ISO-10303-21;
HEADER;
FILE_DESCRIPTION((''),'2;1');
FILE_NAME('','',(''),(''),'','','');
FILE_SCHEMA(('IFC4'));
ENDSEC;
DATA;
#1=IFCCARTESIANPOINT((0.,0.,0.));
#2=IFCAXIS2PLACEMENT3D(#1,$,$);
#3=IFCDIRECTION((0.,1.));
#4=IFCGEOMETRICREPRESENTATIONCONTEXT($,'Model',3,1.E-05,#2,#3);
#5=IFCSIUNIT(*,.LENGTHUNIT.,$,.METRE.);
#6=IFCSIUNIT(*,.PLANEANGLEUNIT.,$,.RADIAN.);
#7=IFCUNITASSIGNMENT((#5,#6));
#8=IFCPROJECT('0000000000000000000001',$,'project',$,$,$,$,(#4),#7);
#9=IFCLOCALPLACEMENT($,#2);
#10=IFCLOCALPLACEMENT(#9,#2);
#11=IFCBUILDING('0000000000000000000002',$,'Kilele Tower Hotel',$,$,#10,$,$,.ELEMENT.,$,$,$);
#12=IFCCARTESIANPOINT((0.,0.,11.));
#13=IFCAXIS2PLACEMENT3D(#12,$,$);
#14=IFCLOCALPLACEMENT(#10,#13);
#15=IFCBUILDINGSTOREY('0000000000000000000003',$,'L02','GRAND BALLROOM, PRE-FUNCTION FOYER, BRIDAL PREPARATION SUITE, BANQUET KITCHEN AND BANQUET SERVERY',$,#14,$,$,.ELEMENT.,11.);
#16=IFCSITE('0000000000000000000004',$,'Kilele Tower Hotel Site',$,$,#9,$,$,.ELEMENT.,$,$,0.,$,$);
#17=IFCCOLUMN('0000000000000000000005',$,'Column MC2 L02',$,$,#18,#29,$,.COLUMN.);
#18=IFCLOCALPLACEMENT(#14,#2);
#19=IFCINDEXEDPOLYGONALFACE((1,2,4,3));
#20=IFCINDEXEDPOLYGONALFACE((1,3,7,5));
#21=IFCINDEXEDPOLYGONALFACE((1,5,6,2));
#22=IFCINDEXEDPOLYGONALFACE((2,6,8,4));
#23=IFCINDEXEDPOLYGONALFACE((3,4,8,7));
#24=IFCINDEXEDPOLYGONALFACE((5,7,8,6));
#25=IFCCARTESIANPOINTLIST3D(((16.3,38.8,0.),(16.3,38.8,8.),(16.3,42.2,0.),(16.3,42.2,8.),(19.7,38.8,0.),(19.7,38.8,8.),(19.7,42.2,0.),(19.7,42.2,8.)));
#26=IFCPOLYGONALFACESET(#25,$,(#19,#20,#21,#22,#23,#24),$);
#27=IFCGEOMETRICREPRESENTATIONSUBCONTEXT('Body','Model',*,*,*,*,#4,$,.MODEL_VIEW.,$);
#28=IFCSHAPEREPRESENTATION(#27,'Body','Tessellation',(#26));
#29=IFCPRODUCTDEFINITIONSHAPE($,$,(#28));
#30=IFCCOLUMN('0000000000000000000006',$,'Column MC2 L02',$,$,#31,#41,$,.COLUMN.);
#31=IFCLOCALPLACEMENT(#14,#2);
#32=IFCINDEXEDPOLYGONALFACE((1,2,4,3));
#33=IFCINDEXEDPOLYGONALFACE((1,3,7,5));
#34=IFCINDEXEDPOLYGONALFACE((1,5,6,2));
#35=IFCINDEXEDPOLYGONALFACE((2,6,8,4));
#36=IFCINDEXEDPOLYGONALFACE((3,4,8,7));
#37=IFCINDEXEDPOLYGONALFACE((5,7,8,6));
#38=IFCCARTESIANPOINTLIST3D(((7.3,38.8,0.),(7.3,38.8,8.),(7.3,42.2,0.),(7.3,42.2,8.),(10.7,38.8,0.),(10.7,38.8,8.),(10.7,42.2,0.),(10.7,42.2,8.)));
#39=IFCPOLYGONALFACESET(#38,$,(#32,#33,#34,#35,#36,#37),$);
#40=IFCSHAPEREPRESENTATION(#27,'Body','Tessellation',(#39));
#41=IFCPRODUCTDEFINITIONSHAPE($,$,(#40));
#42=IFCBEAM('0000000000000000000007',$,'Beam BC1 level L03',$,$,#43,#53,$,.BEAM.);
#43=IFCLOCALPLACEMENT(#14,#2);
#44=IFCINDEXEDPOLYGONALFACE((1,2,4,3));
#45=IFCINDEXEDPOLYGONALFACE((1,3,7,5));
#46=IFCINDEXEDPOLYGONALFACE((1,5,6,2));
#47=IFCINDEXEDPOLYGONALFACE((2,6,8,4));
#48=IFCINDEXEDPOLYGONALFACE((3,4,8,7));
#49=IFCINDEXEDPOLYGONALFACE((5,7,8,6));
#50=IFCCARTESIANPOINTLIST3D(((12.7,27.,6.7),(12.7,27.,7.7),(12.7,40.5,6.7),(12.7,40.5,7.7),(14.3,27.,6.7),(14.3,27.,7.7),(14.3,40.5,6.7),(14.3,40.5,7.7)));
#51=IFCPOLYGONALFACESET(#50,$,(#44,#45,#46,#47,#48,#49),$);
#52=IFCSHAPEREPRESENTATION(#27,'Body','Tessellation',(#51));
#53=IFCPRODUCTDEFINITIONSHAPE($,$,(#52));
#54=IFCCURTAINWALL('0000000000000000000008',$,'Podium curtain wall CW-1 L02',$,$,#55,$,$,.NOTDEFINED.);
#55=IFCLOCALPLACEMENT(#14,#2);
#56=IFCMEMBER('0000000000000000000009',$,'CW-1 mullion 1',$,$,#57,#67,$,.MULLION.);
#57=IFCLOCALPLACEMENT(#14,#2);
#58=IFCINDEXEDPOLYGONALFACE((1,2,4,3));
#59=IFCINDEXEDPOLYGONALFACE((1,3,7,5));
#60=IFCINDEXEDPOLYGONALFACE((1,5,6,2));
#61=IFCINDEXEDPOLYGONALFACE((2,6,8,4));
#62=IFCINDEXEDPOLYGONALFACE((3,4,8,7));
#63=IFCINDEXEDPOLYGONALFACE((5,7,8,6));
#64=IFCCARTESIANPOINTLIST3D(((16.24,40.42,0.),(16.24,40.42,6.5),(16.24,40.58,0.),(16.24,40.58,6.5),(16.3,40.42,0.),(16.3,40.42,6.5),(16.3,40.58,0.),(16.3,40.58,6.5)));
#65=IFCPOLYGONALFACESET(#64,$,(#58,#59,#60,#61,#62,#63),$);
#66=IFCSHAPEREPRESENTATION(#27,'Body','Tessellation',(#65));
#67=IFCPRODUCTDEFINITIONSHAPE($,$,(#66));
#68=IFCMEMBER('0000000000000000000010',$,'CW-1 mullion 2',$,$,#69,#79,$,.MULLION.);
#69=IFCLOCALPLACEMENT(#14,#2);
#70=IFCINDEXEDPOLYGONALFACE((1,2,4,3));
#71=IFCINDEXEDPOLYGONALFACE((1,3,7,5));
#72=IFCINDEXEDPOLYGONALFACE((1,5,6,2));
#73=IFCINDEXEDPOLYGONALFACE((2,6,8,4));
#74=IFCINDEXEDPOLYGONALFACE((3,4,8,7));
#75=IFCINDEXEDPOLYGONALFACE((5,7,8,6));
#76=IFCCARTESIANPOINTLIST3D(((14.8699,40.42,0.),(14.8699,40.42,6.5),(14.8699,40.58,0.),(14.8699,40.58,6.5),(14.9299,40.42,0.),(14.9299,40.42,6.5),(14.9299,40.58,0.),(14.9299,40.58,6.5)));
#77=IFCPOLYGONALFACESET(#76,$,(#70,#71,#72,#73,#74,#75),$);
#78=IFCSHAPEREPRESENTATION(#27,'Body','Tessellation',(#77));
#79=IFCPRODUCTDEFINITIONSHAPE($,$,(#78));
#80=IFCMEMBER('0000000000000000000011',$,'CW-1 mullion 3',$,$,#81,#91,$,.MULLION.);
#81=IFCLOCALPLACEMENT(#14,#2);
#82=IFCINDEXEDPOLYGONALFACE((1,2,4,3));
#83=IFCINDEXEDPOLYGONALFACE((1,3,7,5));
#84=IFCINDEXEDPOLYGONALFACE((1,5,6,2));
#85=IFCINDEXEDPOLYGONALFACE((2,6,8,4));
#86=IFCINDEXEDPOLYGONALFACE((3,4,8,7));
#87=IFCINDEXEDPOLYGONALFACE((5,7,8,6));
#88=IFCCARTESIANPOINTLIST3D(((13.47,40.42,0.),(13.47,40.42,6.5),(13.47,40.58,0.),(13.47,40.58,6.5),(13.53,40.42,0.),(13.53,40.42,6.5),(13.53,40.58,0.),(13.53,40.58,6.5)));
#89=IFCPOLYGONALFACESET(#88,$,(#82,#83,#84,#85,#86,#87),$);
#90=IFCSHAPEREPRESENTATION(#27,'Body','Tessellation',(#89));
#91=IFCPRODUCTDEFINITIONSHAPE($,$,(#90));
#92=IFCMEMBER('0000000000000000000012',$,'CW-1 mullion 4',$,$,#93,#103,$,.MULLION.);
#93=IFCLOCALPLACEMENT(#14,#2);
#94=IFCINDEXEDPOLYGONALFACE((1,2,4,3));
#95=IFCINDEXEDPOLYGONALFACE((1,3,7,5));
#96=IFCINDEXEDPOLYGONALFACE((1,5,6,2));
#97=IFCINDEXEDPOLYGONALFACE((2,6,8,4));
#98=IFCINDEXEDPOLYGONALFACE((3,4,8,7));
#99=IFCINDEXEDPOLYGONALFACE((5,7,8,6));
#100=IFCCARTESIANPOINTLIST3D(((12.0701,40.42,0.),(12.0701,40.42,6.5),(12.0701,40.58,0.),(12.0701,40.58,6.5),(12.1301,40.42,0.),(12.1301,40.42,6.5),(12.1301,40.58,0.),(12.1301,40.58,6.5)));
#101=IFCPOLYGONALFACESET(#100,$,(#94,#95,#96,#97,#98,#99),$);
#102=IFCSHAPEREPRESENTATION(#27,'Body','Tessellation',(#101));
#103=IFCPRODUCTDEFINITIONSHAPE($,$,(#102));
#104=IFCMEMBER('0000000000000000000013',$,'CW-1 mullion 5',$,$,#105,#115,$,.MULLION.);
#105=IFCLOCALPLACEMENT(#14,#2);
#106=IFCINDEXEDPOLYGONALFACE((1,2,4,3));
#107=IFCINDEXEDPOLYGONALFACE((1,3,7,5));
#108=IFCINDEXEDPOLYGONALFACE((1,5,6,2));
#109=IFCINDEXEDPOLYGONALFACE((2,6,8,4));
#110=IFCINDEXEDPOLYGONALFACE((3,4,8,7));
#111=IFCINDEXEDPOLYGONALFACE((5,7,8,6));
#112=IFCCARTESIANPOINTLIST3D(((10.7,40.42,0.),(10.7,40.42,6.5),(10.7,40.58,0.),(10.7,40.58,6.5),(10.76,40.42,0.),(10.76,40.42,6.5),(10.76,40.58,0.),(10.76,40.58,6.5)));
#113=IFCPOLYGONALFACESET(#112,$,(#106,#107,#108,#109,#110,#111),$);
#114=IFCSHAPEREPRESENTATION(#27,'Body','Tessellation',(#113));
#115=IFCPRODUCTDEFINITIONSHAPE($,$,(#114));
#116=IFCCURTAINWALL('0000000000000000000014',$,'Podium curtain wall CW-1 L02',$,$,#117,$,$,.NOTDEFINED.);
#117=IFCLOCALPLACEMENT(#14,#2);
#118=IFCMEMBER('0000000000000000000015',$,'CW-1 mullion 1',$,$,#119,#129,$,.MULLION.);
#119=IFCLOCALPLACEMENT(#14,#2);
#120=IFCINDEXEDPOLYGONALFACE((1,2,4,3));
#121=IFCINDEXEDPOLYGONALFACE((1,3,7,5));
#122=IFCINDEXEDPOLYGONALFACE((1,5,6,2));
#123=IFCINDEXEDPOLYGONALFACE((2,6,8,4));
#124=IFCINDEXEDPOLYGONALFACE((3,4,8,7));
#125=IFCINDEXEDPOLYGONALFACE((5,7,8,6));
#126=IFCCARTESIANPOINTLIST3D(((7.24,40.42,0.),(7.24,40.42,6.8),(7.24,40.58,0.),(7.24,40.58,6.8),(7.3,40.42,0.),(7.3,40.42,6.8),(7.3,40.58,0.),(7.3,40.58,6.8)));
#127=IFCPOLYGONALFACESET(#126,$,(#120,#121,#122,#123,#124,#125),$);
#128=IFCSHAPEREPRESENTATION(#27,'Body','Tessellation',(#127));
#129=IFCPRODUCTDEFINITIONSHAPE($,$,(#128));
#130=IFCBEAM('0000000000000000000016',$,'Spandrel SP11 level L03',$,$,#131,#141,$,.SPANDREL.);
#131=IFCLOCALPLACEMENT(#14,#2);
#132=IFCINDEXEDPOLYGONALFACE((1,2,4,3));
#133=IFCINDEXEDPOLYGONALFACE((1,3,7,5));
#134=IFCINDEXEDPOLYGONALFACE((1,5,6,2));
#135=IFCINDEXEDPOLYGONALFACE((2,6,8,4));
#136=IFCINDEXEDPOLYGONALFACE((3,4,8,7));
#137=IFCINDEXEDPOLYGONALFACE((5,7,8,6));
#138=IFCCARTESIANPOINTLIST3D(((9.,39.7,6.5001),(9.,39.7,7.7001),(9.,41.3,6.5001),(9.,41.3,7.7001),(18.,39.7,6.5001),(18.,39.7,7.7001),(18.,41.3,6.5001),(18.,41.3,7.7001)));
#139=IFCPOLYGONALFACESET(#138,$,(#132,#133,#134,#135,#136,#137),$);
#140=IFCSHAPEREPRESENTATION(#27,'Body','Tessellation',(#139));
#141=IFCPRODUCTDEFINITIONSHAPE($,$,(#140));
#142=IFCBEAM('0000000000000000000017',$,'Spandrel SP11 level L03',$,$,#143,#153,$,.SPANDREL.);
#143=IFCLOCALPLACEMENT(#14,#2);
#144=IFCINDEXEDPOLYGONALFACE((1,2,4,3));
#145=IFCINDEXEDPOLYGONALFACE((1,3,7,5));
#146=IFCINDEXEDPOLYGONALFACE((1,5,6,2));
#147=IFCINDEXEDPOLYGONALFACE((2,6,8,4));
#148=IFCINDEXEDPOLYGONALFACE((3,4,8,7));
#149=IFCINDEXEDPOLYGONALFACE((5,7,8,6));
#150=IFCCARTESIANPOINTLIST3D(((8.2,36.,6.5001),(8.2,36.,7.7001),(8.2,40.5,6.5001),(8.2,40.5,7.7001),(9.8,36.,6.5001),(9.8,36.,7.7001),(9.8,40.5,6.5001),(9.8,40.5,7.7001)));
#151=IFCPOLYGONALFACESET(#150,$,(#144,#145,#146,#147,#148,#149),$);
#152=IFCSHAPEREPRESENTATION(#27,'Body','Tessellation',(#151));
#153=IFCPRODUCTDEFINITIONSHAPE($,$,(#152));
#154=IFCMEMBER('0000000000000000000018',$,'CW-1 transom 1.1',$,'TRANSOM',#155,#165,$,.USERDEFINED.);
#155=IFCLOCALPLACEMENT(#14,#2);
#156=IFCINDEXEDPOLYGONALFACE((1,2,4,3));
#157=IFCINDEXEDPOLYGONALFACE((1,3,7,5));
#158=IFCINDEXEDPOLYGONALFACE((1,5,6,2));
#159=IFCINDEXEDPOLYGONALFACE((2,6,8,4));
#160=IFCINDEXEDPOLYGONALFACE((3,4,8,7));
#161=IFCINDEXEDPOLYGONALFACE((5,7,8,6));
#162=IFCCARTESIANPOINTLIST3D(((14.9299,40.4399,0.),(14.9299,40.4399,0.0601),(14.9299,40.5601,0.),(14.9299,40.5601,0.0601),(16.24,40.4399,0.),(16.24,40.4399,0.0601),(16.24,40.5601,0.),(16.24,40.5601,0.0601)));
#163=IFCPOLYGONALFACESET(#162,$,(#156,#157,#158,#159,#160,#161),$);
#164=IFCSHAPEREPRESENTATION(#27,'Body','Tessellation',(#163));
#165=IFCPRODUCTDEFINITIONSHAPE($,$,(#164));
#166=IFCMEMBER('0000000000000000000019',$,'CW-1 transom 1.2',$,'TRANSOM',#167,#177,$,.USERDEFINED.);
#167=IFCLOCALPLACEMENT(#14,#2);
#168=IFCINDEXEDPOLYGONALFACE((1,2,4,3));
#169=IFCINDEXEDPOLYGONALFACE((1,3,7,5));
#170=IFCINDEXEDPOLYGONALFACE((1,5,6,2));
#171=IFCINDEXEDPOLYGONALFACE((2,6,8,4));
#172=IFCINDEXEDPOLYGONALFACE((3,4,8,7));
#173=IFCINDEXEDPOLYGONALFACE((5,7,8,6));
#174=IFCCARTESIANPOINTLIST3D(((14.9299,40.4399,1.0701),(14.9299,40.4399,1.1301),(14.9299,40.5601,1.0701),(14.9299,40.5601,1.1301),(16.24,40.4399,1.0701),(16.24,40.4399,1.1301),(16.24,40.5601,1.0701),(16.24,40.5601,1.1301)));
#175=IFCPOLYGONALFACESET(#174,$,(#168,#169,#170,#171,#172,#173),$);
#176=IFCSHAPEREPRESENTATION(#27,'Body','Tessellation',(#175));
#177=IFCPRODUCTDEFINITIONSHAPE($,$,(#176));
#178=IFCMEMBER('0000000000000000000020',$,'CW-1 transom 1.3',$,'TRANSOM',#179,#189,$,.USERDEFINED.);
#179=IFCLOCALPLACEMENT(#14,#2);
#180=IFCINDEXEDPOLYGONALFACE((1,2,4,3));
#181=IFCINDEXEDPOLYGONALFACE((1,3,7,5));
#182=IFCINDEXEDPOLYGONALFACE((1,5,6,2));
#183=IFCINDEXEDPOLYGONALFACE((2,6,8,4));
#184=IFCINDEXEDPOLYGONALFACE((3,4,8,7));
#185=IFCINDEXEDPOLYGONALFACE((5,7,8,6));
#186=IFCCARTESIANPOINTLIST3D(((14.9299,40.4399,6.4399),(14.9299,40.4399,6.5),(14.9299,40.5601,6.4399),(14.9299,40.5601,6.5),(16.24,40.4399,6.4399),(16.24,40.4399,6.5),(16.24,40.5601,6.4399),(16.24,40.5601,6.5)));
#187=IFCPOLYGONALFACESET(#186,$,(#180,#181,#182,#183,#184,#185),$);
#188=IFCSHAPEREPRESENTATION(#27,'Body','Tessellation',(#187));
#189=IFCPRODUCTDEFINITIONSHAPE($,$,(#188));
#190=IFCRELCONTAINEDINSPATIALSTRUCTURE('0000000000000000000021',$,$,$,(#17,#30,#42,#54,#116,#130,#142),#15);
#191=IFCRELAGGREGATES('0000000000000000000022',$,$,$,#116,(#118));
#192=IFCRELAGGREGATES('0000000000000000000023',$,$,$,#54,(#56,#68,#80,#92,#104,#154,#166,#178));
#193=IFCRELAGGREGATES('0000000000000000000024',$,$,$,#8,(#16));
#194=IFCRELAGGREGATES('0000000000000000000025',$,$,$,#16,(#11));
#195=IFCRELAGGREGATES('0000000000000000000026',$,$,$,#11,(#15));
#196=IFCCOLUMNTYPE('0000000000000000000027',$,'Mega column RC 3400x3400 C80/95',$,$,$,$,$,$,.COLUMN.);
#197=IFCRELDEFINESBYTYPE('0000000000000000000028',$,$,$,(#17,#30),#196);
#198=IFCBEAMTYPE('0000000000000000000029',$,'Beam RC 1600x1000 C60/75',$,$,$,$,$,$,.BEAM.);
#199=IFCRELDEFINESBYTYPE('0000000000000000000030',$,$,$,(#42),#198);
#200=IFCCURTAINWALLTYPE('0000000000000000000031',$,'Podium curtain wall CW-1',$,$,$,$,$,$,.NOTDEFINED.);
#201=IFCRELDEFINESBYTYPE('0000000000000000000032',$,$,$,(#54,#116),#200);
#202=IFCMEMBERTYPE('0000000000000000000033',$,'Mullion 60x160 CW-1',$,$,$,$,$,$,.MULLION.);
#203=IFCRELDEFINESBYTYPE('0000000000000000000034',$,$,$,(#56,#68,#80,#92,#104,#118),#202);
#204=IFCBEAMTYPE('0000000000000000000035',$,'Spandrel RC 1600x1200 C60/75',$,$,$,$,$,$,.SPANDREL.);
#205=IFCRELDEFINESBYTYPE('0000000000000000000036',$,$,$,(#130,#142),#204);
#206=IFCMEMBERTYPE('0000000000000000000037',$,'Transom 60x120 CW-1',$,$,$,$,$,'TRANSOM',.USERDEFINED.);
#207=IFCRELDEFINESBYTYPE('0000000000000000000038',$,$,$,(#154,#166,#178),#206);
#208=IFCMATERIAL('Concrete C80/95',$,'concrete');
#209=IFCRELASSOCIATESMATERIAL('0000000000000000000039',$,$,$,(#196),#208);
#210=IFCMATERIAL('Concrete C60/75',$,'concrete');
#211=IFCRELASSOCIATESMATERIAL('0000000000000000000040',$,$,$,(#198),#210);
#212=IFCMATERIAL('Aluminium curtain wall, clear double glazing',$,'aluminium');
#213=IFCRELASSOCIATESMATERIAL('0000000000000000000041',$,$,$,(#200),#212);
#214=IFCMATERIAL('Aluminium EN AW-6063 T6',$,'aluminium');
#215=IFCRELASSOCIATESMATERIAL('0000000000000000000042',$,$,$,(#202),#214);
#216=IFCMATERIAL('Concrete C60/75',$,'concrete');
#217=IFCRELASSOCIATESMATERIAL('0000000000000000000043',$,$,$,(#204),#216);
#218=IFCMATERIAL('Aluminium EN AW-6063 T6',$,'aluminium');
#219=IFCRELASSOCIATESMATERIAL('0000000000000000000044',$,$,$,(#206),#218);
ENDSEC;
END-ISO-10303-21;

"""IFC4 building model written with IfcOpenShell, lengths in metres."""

from ifc_helpers import new_model, si_unit, direction, frame, origin, origin_2d, place, context, subcontext, project, spatial, rectangle, extrude, material, material_profile, profile_set, type_object, element, aggregate, save


model = new_model("IFC4")

# Units and contexts
model_context = context("Model", 3, precision=1e-05, world=origin(), true_north=direction((0.0, 1.0)))
body_context = subcontext(model_context, "Body", "Model", "MODEL_VIEW")
ifc_project = project(units=[si_unit("LENGTHUNIT", "METRE"), si_unit("PLANEANGLEUNIT", "RADIAN")], contexts=[model_context])

# Site, building, storey
site_placement = place(None, origin())
site = spatial("IfcSite", under=ifc_project, at=site_placement, Name="Kilele Tower Hotel Site", CompositionType="ELEMENT", RefElevation=0.0)
building_placement = place(site_placement, origin())
building = spatial("IfcBuilding", under=site, at=building_placement, Name="Kilele Tower Hotel", CompositionType="ELEMENT")
storey_placement = place(building_placement, frame((0.0, 0.0, 11.0)))
storey = spatial("IfcBuildingStorey", under=building, at=storey_placement, Name="L02", Description="GRAND BALLROOM, PRE-FUNCTION FOYER, BRIDAL PREPARATION SUITE, BANQUET KITCHEN AND BANQUET SERVERY", CompositionType="ELEMENT", Elevation=11.0)

# Columns
ifc_material_1 = material(Name="Concrete C80/95", Category="concrete")
ifc_material_profile_1 = material_profile(ifc_material_1, rectangle(XDim=3.3999, YDim=3.3999, at=origin_2d()))
ifc_profile_set_1 = profile_set([ifc_material_profile_1], Name="Concrete C80/95")
column_type = type_object("IfcColumnType", Name="Mega column RC 3400x3400 C80/95", PredefinedType="COLUMN", material=ifc_profile_set_1)
for number, where, z_axis, x_axis, name in (
    (1, (18.0, 40.5, 0.0), (0.0, 0.0, 1.0), (1.0, 0.0, 0.0), "Column MC2 L02"),
    (2, (9.0, 40.5, 0.0), (0.0, 0.0, 1.0), (1.0, 0.0, 0.0), "Column MC2 L02"),
):
    element("IfcColumn", number, at=place(storey_placement, frame(where, z_axis=z_axis, x_axis=x_axis)), inside=storey, type_object=column_type, Name=name, PredefinedType="COLUMN", context=body_context, shape_type="SweptSolid", body=[
        extrude(rectangle(XDim=3.3999, YDim=3.3999, at=origin_2d()), origin(), (0.0, 0.0, 1.0), 8.0),
    ])

# Beam
ifc_material_2 = material(Name="Concrete C60/75", Category="concrete")
ifc_material_profile_2 = material_profile(ifc_material_2, rectangle(XDim=1.6001, YDim=1.0, at=origin_2d()))
ifc_profile_set_2 = profile_set([ifc_material_profile_2], Name="Concrete C60/75")
beam_type_1 = type_object("IfcBeamType", Name="Beam RC 1600x1000 C60/75", PredefinedType="BEAM", material=ifc_profile_set_2)
beam_1_placement = place(storey_placement, frame((13.5, 40.5, 7.2), z_axis=(0.0, -1.0, 0.0), x_axis=(1.0, 0.0, 0.0)))
element("IfcBeam", 3, at=beam_1_placement, inside=storey, type_object=beam_type_1, Name="Beam BC1 level L03", PredefinedType="BEAM", context=body_context, shape_type="SweptSolid", body=[
    extrude(rectangle(XDim=1.6001, YDim=1.0, at=origin_2d()), origin(), (0.0, 0.0, 1.0), 13.5),
])

# Curtain wall, members
ifc_material_3 = material(Name="Aluminium curtain wall, clear double glazing", Category="aluminium")
curtain_wall_type = type_object("IfcCurtainWallType", Name="Podium curtain wall CW-1", PredefinedType="NOTDEFINED", material=ifc_material_3)
curtain_wall_1_placement = place(storey_placement, origin())
curtain_wall_1 = element("IfcCurtainWall", 4, at=curtain_wall_1_placement, inside=storey, type_object=curtain_wall_type, Name="Podium curtain wall CW-1 L02", PredefinedType="NOTDEFINED")
ifc_material_4 = material(Name="Aluminium EN AW-6063 T6", Category="aluminium")
ifc_material_profile_3 = material_profile(ifc_material_4, rectangle(XDim=0.1599, YDim=0.0601, at=origin_2d()))
ifc_profile_set_3 = profile_set([ifc_material_profile_3], Name="Aluminium EN AW-6063 T6")
member_type_1 = type_object("IfcMemberType", Name="Mullion 60x160 CW-1", PredefinedType="MULLION", material=ifc_profile_set_3)
member_1_placement = place(storey_placement, frame((16.27, 40.5, 0.0), z_axis=(0.0, 0.0, 1.0), x_axis=(0.0, -1.0, 0.0)))
member_1 = element("IfcMember", 5, at=member_1_placement, type_object=member_type_1, Name="CW-1 mullion 1", PredefinedType="MULLION", context=body_context, shape_type="SweptSolid", body=[
    extrude(rectangle(XDim=0.1599, YDim=0.0601, at=origin_2d()), origin(), (0.0, 0.0, 1.0), 6.5),
])
member_2_placement = place(storey_placement, frame((14.8999, 40.5, 0.0), z_axis=(0.0, 0.0, 1.0), x_axis=(0.0, -1.0, 0.0)))
member_2 = element("IfcMember", 6, at=member_2_placement, type_object=member_type_1, Name="CW-1 mullion 2", PredefinedType="MULLION", context=body_context, shape_type="SweptSolid", body=[
    extrude(rectangle(XDim=0.1599, YDim=0.0601, at=origin_2d()), origin(), (0.0, 0.0, 1.0), 6.5),
])
member_3_placement = place(storey_placement, frame((13.5, 40.5, 0.0), z_axis=(0.0, 0.0, 1.0), x_axis=(0.0, -1.0, 0.0)))
member_3 = element("IfcMember", 7, at=member_3_placement, type_object=member_type_1, Name="CW-1 mullion 3", PredefinedType="MULLION", context=body_context, shape_type="SweptSolid", body=[
    extrude(rectangle(XDim=0.1599, YDim=0.0601, at=origin_2d()), origin(), (0.0, 0.0, 1.0), 6.5),
])
member_4_placement = place(storey_placement, frame((12.1001, 40.5, 0.0), z_axis=(0.0, 0.0, 1.0), x_axis=(0.0, -1.0, 0.0)))
member_4 = element("IfcMember", 8, at=member_4_placement, type_object=member_type_1, Name="CW-1 mullion 4", PredefinedType="MULLION", context=body_context, shape_type="SweptSolid", body=[
    extrude(rectangle(XDim=0.1599, YDim=0.0601, at=origin_2d()), origin(), (0.0, 0.0, 1.0), 6.5),
])
member_5_placement = place(storey_placement, frame((10.73, 40.5, 0.0), z_axis=(0.0, 0.0, 1.0), x_axis=(0.0, -1.0, 0.0)))
member_5 = element("IfcMember", 9, at=member_5_placement, type_object=member_type_1, Name="CW-1 mullion 5", PredefinedType="MULLION", context=body_context, shape_type="SweptSolid", body=[
    extrude(rectangle(XDim=0.1599, YDim=0.0601, at=origin_2d()), origin(), (0.0, 0.0, 1.0), 6.5),
])

# Curtain wall, member
curtain_wall_2_placement = place(storey_placement, origin())
curtain_wall_2 = element("IfcCurtainWall", 10, at=curtain_wall_2_placement, inside=storey, type_object=curtain_wall_type, Name="Podium curtain wall CW-1 L02", PredefinedType="NOTDEFINED")
member_6_placement = place(storey_placement, frame((7.27, 40.5, 0.0), z_axis=(0.0, 0.0, 1.0), x_axis=(0.0, -1.0, 0.0)))
member_6 = element("IfcMember", 11, at=member_6_placement, type_object=member_type_1, Name="CW-1 mullion 1", PredefinedType="MULLION", context=body_context, shape_type="SweptSolid", body=[
    extrude(rectangle(XDim=0.1599, YDim=0.0601, at=origin_2d()), origin(), (0.0, 0.0, 1.0), 6.8),
])

# Beams
ifc_material_5 = material(Name="Concrete C60/75", Category="concrete")
ifc_material_profile_4 = material_profile(ifc_material_5, rectangle(XDim=1.6001, YDim=1.2, at=origin_2d()))
ifc_profile_set_4 = profile_set([ifc_material_profile_4], Name="Concrete C60/75")
beam_type_2 = type_object("IfcBeamType", Name="Spandrel RC 1600x1200 C60/75", PredefinedType="SPANDREL", material=ifc_profile_set_4)
beam_2_placement = place(storey_placement, frame((18.0, 40.5, 7.1001), z_axis=(-1.0, 0.0, 0.0), x_axis=(0.0, -1.0, 0.0)))
element("IfcBeam", 12, at=beam_2_placement, inside=storey, type_object=beam_type_2, Name="Spandrel SP11 level L03", PredefinedType="SPANDREL", context=body_context, shape_type="SweptSolid", body=[
    extrude(rectangle(XDim=1.6001, YDim=1.2, at=origin_2d()), origin(), (0.0, 0.0, 1.0), 9.0),
])
beam_3_placement = place(storey_placement, frame((9.0, 40.5, 7.1001), z_axis=(0.0, -1.0, 0.0), x_axis=(1.0, 0.0, 0.0)))
element("IfcBeam", 13, at=beam_3_placement, inside=storey, type_object=beam_type_2, Name="Spandrel SP11 level L03", PredefinedType="SPANDREL", context=body_context, shape_type="SweptSolid", body=[
    extrude(rectangle(XDim=1.6001, YDim=1.2, at=origin_2d()), origin(), (0.0, 0.0, 1.0), 4.5),
])

# Members
ifc_material_6 = material(Name="Aluminium EN AW-6063 T6", Category="aluminium")
ifc_material_profile_5 = material_profile(ifc_material_6, rectangle(XDim=0.1201, YDim=0.0601, at=origin_2d()))
ifc_profile_set_5 = profile_set([ifc_material_profile_5], Name="Aluminium EN AW-6063 T6")
member_type_2 = type_object("IfcMemberType", Name="Transom 60x120 CW-1", ElementType="TRANSOM", PredefinedType="USERDEFINED", material=ifc_profile_set_5)
member_7_placement = place(storey_placement, frame((16.24, 40.5, 0.03), z_axis=(-1.0, 0.0, 0.0), x_axis=(0.0, -1.0, 0.0)))
member_7 = element("IfcMember", 14, at=member_7_placement, type_object=member_type_2, Name="CW-1 transom 1.1", ObjectType="TRANSOM", PredefinedType="USERDEFINED", context=body_context, shape_type="SweptSolid", body=[
    extrude(rectangle(XDim=0.1201, YDim=0.0601, at=origin_2d()), origin(), (0.0, 0.0, 1.0), 1.3101),
])
member_8_placement = place(storey_placement, frame((16.24, 40.5, 1.1001), z_axis=(-1.0, 0.0, 0.0), x_axis=(0.0, -1.0, 0.0)))
member_8 = element("IfcMember", 15, at=member_8_placement, type_object=member_type_2, Name="CW-1 transom 1.2", ObjectType="TRANSOM", PredefinedType="USERDEFINED", context=body_context, shape_type="SweptSolid", body=[
    extrude(rectangle(XDim=0.1201, YDim=0.0601, at=origin_2d()), origin(), (0.0, 0.0, 1.0), 1.3101),
])
member_9_placement = place(storey_placement, frame((16.24, 40.5, 6.47), z_axis=(-1.0, 0.0, 0.0), x_axis=(0.0, -1.0, 0.0)))
member_9 = element("IfcMember", 16, at=member_9_placement, type_object=member_type_2, Name="CW-1 transom 1.3", ObjectType="TRANSOM", PredefinedType="USERDEFINED", context=body_context, shape_type="SweptSolid", body=[
    extrude(rectangle(XDim=0.1201, YDim=0.0601, at=origin_2d()), origin(), (0.0, 0.0, 1.0), 1.3101),
])
aggregate(curtain_wall_2, [member_6])

aggregate(curtain_wall_1, [member_1, member_2, member_3, member_4, member_5, member_7, member_8, member_9])

save(model, "model.ifc")
